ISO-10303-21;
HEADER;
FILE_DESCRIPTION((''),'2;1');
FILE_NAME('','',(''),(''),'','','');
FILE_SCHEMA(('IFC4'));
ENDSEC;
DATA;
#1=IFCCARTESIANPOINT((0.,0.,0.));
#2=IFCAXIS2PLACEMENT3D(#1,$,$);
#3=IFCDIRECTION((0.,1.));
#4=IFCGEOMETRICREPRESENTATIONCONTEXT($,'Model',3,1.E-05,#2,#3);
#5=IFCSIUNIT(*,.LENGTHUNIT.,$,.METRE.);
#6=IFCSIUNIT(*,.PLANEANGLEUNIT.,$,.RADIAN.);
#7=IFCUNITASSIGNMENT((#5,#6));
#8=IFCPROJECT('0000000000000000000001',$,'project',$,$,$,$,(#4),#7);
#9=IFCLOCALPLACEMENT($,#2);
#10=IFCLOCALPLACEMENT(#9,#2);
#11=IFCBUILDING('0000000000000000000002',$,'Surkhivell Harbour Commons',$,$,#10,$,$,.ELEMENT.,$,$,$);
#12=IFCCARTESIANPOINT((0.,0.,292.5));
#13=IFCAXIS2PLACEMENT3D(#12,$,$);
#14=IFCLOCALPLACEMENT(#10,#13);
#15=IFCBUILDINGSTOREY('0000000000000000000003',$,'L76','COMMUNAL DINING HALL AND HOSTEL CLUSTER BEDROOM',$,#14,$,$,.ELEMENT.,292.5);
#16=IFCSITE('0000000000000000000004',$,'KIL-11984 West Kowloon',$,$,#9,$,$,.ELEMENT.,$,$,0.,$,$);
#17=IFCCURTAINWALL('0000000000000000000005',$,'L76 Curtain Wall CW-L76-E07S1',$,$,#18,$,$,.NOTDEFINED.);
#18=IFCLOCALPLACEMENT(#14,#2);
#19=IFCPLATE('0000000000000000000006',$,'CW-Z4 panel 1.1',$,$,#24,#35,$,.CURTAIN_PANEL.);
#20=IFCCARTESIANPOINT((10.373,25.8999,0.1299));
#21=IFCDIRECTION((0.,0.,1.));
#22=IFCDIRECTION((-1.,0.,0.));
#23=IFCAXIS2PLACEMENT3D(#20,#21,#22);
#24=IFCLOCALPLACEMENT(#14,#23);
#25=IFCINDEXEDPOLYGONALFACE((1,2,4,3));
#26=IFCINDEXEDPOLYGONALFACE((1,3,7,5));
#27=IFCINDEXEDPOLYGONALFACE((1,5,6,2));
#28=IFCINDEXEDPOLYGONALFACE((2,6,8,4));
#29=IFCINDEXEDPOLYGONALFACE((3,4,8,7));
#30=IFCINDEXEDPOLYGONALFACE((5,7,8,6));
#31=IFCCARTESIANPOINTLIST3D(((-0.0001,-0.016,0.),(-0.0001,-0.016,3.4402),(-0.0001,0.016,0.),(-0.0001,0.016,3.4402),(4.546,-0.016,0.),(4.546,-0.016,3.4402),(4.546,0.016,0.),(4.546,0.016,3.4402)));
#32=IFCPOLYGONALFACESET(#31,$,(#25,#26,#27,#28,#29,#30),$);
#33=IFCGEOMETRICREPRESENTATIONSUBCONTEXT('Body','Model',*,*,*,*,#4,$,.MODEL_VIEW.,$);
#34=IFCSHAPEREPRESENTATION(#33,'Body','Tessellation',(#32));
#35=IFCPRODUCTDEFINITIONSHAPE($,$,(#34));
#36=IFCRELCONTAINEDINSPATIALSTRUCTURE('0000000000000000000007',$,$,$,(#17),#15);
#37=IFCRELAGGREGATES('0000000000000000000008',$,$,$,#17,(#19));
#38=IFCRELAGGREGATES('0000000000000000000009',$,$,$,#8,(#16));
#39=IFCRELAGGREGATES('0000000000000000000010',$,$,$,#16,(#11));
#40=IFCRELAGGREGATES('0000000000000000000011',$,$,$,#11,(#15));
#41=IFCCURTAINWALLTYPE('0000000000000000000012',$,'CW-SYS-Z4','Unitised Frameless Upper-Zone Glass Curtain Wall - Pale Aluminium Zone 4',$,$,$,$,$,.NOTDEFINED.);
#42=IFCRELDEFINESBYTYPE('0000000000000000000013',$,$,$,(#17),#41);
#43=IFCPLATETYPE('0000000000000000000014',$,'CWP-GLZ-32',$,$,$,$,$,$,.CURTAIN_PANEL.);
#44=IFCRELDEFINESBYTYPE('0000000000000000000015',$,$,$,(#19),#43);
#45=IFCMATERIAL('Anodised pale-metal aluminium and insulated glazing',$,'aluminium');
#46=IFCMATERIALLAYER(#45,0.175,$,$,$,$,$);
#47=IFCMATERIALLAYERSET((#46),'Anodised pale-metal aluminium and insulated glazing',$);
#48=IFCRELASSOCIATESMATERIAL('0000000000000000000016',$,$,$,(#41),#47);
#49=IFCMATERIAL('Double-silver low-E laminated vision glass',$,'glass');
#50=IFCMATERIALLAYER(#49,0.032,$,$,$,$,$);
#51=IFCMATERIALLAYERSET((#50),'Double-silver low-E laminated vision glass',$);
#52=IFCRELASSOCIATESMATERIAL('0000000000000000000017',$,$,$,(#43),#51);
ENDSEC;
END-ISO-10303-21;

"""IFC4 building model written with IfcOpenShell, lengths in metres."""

from ifc_helpers import new_model, si_unit, direction, frame, frame_2d, origin, place, context, subcontext, project, spatial, rectangle, extrude, material, layer, layer_set, type_object, element, aggregate, save


model = new_model("IFC4")

# Units and contexts
model_context = context("Model", 3, precision=1e-05, world=origin(), true_north=direction((0.0, 1.0)))
body_context = subcontext(model_context, "Body", "Model", "MODEL_VIEW")
ifc_project = project(units=[si_unit("LENGTHUNIT", "METRE"), si_unit("PLANEANGLEUNIT", "RADIAN")], contexts=[model_context])

# Site, building, storey
site_placement = place(None, origin())
site = spatial("IfcSite", under=ifc_project, at=site_placement, Name="KIL-11984 West Kowloon", CompositionType="ELEMENT", RefElevation=0.0)
building_placement = place(site_placement, origin())
building = spatial("IfcBuilding", under=site, at=building_placement, Name="Surkhivell Harbour Commons", CompositionType="ELEMENT")
storey_placement = place(building_placement, frame((0.0, 0.0, 292.5)))
storey = spatial("IfcBuildingStorey", under=building, at=storey_placement, Name="L76", Description="COMMUNAL DINING HALL AND HOSTEL CLUSTER BEDROOM", CompositionType="ELEMENT", Elevation=292.5)

# Curtain wall
ifc_material_1 = material(Name="Anodised pale-metal aluminium and insulated glazing", Category="aluminium")
ifc_layer_1 = layer(ifc_material_1, 0.175)
ifc_layer_set_1 = layer_set([ifc_layer_1], Name="Anodised pale-metal aluminium and insulated glazing")
curtain_wall_type = type_object("IfcCurtainWallType", Name="CW-SYS-Z4", Description="Unitised Frameless Upper-Zone Glass Curtain Wall - Pale Aluminium Zone 4", PredefinedType="NOTDEFINED", material=ifc_layer_set_1)
curtain_wall_1_placement = place(storey_placement, origin())
curtain_wall_1 = element("IfcCurtainWall", 1, at=curtain_wall_1_placement, inside=storey, type_object=curtain_wall_type, Name="L76 Curtain Wall CW-L76-E07S1", PredefinedType="NOTDEFINED")

# Plate
ifc_material_2 = material(Name="Double-silver low-E laminated vision glass", Category="glass")
ifc_layer_2 = layer(ifc_material_2, 0.032)
ifc_layer_set_2 = layer_set([ifc_layer_2], Name="Double-silver low-E laminated vision glass")
plate_type = type_object("IfcPlateType", Name="CWP-GLZ-32", PredefinedType="CURTAIN_PANEL", material=ifc_layer_set_2)
plate_1_placement = place(storey_placement, frame((10.373, 25.8999, 0.1299), z_axis=(0.0, 0.0, 1.0), x_axis=(-1.0, 0.0, 0.0)))
plate_1 = element("IfcPlate", 2, at=plate_1_placement, type_object=plate_type, Name="CW-Z4 panel 1.1", PredefinedType="CURTAIN_PANEL", context=body_context, shape_type="SweptSolid", body=[
    extrude(rectangle(XDim=4.5461, YDim=0.032, at=frame_2d((2.2729, 0.0))), origin(), (0.0, 0.0, 1.0), 3.4402),
])
aggregate(curtain_wall_1, [plate_1])

save(model, "model.ifc")
